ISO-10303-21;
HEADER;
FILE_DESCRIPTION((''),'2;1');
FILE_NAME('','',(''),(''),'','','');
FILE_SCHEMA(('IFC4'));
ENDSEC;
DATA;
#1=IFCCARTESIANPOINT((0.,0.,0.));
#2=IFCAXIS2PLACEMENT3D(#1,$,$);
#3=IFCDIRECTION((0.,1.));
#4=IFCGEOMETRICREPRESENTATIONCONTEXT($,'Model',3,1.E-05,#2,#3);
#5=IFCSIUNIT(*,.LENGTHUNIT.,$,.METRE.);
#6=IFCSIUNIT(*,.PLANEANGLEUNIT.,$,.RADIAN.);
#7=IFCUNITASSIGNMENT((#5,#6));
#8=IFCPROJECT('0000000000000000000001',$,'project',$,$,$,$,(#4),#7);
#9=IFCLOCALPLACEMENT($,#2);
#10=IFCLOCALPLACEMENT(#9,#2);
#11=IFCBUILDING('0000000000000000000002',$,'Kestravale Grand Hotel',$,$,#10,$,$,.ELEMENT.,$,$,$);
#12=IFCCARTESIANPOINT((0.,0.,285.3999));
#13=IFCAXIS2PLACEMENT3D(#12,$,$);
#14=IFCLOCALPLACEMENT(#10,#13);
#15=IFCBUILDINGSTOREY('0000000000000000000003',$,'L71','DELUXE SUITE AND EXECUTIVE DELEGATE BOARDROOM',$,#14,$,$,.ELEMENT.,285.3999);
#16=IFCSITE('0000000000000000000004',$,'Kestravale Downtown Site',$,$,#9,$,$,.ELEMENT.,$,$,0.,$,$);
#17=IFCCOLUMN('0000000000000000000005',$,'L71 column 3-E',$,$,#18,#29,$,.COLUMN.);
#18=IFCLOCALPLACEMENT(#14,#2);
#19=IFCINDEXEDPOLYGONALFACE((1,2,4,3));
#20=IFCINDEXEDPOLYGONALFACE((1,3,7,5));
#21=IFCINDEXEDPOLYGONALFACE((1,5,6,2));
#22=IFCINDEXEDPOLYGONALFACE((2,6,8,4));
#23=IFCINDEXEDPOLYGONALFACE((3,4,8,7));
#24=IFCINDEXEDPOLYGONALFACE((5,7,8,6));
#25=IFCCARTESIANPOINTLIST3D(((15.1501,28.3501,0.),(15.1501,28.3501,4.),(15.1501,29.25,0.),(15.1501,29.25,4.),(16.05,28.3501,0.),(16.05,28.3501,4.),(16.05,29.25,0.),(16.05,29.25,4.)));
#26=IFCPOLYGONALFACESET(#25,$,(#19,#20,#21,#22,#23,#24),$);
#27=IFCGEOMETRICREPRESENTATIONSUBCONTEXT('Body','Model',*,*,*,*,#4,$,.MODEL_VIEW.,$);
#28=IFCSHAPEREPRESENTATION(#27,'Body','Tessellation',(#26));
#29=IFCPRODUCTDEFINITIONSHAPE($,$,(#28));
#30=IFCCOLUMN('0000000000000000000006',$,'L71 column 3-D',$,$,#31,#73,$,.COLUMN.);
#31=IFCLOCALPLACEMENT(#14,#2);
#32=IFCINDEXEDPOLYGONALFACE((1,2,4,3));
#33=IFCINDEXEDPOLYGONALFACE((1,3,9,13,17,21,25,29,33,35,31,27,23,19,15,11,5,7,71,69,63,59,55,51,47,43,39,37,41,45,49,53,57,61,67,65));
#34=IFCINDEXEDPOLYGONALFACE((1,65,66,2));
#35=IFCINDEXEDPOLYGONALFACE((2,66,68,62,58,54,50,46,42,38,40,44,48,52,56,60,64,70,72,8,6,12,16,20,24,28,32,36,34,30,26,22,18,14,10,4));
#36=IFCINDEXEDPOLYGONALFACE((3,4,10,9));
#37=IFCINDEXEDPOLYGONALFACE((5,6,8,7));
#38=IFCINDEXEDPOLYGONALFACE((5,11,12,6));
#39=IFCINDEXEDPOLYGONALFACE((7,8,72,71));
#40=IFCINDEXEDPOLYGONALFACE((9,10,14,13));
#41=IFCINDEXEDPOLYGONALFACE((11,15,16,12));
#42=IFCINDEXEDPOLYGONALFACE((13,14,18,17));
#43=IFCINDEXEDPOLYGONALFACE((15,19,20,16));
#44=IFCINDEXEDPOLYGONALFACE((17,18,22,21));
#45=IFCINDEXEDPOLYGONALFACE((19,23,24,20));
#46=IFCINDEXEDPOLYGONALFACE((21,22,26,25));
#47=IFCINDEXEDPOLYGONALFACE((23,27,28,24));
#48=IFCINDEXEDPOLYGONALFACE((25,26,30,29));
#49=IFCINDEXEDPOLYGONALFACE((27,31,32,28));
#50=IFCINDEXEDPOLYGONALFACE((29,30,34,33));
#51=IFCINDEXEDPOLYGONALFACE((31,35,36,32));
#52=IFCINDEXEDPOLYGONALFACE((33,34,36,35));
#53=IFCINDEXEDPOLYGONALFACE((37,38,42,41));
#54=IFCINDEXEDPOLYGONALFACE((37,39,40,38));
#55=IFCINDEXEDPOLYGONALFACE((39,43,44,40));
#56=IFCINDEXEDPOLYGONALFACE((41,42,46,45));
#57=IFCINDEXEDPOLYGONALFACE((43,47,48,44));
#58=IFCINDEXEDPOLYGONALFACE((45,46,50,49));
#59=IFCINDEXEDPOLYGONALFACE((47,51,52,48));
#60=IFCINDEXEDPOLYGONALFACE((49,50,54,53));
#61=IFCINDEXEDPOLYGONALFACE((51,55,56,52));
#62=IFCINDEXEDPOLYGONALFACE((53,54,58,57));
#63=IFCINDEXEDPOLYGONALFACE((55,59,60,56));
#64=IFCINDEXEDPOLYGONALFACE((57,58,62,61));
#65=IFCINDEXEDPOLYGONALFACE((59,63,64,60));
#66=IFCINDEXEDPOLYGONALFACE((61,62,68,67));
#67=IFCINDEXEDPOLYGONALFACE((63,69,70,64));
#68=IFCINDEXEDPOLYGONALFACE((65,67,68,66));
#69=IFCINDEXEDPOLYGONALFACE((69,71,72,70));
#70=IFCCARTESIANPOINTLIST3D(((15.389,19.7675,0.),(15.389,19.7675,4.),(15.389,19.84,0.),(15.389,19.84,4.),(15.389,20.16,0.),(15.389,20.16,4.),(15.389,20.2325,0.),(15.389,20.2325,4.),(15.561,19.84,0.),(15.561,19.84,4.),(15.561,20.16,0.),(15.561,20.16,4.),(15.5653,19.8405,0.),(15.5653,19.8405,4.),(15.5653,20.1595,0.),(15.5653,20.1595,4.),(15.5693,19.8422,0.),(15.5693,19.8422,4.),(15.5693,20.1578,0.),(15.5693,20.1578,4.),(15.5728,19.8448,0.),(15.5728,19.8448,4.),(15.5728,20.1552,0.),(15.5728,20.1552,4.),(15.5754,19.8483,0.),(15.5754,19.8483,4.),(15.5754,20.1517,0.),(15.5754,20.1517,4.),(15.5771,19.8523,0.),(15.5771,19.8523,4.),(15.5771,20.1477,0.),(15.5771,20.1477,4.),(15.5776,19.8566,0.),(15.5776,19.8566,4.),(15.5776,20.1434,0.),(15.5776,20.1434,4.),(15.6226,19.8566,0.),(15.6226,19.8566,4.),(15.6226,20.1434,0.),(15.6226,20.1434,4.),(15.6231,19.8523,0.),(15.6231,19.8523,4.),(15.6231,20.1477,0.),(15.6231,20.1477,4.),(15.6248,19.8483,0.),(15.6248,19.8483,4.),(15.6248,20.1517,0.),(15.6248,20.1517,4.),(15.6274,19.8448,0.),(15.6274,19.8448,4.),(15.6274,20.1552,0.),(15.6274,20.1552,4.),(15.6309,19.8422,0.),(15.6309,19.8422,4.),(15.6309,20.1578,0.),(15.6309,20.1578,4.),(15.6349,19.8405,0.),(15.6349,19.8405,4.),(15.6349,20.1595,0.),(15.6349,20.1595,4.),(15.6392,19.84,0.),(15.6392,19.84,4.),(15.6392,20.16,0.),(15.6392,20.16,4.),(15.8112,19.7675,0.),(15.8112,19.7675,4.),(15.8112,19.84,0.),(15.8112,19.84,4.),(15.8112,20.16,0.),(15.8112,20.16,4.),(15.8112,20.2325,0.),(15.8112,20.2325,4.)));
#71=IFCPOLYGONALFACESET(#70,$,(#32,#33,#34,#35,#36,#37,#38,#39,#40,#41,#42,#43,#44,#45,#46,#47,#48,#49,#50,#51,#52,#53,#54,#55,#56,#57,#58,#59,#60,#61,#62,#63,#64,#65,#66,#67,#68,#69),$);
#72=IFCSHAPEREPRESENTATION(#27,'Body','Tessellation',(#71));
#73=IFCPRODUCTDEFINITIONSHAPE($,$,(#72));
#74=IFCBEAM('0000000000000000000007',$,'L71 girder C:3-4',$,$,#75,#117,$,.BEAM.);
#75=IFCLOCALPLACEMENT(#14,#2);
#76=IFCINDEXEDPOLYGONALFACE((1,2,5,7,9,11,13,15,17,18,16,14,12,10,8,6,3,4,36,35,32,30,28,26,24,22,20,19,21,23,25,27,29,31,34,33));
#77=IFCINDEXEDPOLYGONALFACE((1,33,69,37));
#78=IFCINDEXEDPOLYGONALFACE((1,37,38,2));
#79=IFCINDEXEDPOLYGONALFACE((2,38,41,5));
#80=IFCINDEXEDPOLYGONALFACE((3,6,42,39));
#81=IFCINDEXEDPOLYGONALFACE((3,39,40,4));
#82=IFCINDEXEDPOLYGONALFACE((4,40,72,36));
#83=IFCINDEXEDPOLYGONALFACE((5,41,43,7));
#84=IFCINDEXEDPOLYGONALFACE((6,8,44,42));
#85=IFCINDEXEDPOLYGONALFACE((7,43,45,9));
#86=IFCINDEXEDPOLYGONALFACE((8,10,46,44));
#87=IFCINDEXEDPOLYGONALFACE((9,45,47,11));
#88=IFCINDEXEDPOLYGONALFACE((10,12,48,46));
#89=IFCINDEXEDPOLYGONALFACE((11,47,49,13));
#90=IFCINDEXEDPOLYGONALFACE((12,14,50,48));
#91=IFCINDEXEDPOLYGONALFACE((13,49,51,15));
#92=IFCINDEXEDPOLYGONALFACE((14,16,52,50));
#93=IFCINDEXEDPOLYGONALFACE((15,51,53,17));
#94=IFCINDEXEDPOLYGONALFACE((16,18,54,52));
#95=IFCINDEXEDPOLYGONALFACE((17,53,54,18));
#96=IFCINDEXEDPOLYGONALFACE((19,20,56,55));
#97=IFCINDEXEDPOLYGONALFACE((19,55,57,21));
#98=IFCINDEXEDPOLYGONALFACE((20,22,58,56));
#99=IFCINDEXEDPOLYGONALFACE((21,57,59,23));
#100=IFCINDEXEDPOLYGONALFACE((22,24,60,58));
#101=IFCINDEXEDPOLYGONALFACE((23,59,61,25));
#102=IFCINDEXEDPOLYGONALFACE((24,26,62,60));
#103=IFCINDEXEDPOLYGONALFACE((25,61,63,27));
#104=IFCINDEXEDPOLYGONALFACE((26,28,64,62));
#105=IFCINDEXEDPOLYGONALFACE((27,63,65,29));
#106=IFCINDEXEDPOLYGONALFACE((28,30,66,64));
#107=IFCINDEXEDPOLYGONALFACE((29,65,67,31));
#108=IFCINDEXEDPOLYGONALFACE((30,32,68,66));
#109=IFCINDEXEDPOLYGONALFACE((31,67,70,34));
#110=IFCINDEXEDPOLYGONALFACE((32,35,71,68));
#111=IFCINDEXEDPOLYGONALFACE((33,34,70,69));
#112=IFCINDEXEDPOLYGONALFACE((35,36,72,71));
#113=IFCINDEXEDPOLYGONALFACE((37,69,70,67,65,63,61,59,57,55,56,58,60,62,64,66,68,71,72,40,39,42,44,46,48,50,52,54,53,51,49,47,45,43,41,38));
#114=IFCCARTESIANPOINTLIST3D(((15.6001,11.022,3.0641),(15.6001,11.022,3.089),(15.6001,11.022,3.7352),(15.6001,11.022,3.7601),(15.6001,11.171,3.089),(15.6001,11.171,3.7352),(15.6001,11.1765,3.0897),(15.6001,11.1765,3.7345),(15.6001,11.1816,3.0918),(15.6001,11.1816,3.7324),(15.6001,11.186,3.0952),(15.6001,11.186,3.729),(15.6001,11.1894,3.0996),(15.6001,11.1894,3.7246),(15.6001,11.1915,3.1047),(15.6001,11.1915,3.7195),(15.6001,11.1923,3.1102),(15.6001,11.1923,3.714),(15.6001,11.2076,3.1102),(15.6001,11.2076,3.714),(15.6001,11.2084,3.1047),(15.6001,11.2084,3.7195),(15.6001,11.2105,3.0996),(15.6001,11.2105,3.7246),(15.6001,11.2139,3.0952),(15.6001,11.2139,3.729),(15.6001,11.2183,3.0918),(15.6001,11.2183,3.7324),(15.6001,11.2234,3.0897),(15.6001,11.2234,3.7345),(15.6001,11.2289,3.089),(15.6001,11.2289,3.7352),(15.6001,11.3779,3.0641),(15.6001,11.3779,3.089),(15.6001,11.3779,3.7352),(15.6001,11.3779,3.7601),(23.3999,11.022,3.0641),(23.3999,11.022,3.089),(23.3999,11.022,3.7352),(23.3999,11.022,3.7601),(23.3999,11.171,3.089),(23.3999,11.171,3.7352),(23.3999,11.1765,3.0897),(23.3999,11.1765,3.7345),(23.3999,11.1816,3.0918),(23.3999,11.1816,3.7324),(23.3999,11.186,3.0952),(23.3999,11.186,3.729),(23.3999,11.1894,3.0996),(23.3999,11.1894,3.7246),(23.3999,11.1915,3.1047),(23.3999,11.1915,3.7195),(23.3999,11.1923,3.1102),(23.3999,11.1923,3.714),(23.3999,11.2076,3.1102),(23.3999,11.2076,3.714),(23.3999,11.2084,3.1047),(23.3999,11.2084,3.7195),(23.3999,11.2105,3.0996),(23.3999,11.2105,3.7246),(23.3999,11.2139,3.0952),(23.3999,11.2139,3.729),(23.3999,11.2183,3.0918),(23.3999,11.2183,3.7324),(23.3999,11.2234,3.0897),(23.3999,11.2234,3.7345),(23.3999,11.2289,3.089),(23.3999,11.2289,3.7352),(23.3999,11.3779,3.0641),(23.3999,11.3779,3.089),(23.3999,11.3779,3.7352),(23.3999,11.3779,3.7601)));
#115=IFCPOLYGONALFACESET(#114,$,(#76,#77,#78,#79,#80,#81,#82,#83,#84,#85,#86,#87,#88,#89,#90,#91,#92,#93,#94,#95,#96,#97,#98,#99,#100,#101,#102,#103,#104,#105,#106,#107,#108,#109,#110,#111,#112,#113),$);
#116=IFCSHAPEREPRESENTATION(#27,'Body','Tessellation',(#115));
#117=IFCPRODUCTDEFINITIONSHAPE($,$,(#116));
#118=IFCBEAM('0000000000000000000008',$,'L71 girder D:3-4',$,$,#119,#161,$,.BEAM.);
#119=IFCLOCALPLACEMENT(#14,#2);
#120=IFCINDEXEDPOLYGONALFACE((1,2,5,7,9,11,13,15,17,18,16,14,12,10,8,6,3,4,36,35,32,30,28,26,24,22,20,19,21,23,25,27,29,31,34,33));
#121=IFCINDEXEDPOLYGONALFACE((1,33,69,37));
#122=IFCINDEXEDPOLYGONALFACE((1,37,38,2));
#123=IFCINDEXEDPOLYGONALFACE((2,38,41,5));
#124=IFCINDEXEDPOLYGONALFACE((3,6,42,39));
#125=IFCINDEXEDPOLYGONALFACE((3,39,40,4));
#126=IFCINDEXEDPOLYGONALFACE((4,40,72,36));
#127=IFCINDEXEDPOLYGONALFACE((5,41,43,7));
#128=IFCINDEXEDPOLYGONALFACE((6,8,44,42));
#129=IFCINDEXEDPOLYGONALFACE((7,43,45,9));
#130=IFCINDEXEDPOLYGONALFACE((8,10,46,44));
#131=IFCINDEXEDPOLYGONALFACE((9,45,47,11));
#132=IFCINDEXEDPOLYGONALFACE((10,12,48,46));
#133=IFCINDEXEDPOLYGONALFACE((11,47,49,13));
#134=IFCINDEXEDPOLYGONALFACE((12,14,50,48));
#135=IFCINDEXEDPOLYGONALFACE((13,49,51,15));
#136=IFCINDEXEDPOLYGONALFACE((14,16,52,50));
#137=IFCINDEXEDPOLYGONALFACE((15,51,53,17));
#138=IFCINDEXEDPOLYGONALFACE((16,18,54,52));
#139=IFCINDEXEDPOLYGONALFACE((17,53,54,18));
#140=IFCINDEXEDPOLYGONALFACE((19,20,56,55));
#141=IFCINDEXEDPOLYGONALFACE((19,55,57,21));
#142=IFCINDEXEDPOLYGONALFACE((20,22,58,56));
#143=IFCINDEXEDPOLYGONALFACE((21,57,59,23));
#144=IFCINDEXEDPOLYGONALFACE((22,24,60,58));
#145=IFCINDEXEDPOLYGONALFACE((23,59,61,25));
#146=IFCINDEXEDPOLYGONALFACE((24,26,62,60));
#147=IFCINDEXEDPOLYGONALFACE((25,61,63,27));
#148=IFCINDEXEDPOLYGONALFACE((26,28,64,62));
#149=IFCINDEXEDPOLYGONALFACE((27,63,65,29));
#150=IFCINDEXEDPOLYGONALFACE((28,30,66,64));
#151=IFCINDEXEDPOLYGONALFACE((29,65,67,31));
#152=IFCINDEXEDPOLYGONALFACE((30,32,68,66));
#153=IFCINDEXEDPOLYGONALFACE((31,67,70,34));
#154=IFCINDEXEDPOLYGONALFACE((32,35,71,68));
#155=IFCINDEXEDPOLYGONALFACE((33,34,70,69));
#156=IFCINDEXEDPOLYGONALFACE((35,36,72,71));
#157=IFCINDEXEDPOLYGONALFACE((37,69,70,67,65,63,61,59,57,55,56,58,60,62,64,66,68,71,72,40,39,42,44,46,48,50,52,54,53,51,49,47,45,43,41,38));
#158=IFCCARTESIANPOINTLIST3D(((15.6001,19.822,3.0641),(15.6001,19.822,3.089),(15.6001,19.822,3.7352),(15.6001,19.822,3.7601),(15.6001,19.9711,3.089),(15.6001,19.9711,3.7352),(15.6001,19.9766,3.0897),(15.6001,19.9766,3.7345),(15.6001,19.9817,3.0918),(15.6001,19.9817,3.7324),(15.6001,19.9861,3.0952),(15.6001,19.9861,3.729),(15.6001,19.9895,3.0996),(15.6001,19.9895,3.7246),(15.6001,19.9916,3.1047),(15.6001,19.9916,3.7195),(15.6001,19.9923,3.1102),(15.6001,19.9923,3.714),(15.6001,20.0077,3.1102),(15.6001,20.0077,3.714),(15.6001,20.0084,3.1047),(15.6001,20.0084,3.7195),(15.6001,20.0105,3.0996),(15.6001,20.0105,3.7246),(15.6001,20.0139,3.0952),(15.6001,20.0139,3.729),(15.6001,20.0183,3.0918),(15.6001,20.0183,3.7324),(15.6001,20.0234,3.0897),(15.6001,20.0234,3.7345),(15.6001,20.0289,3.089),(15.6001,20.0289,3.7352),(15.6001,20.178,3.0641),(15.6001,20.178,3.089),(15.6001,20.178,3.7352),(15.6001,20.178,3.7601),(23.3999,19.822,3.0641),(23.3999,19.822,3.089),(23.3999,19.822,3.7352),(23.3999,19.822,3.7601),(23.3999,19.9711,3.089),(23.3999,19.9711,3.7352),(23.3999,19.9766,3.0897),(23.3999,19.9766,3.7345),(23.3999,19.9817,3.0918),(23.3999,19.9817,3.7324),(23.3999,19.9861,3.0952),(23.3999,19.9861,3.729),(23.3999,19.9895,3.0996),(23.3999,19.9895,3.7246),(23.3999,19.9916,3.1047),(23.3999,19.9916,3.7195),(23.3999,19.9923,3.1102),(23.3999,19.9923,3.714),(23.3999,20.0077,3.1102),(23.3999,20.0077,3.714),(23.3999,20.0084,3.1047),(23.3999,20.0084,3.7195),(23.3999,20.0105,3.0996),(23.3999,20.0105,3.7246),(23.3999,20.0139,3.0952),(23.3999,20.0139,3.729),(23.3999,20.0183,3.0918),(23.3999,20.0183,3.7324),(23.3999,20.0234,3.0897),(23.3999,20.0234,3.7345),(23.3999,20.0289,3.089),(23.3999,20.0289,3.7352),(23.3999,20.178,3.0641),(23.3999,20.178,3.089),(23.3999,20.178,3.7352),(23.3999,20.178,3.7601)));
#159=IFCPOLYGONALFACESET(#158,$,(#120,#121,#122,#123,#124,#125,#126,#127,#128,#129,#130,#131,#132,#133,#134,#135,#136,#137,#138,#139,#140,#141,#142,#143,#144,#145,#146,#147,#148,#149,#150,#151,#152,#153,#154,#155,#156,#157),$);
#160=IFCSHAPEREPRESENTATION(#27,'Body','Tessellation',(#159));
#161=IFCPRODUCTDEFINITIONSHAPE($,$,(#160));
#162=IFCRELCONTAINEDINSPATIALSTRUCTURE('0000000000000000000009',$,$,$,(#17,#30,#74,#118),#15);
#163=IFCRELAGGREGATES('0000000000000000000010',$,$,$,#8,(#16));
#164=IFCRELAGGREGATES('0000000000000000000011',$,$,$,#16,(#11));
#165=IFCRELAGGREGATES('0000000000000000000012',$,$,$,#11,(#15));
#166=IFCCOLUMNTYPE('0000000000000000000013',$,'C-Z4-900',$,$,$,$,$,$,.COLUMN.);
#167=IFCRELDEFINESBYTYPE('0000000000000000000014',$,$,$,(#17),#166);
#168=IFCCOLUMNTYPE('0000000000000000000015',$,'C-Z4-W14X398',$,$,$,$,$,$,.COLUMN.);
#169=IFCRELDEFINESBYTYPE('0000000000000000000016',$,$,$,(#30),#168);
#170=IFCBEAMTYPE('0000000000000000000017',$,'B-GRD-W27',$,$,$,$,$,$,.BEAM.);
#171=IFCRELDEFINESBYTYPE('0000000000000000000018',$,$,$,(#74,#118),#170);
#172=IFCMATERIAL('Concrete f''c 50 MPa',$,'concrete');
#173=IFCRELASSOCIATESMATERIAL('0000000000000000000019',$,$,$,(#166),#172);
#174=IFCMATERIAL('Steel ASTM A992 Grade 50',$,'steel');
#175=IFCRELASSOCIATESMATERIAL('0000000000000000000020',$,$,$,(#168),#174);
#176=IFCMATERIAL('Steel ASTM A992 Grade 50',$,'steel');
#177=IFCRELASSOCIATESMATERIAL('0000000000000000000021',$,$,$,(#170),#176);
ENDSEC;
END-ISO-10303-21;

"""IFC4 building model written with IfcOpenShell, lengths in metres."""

from ifc_helpers import new_model, si_unit, direction, frame, origin, origin_2d, place, context, subcontext, project, spatial, rectangle, i_section, extrude, material, material_profile, profile_set, type_object, element, save


model = new_model("IFC4")

# Units and contexts
model_context = context("Model", 3, precision=1e-05, world=origin(), true_north=direction((0.0, 1.0)))
body_context = subcontext(model_context, "Body", "Model", "MODEL_VIEW")
ifc_project = project(units=[si_unit("LENGTHUNIT", "METRE"), si_unit("PLANEANGLEUNIT", "RADIAN")], contexts=[model_context])

# Site, building, storey
site_placement = place(None, origin())
site = spatial("IfcSite", under=ifc_project, at=site_placement, Name="Kestravale Downtown Site", CompositionType="ELEMENT", RefElevation=0.0)
building_placement = place(site_placement, origin())
building = spatial("IfcBuilding", under=site, at=building_placement, Name="Kestravale Grand Hotel", CompositionType="ELEMENT")
storey_placement = place(building_placement, frame((0.0, 0.0, 285.3999)))
storey = spatial("IfcBuildingStorey", under=building, at=storey_placement, Name="L71", Description="DELUXE SUITE AND EXECUTIVE DELEGATE BOARDROOM", CompositionType="ELEMENT", Elevation=285.3999)

# Columns
ifc_material_1 = material(Name="Concrete f'c 50 MPa", Category="concrete")
ifc_material_profile_1 = material_profile(ifc_material_1, rectangle(XDim=0.8999, YDim=0.8999, at=origin_2d()))
ifc_profile_set_1 = profile_set([ifc_material_profile_1], Name="Concrete f'c 50 MPa")
column_type_1 = type_object("IfcColumnType", Name="C-Z4-900", PredefinedType="COLUMN", material=ifc_profile_set_1)
column_1_placement = place(storey_placement, frame((15.6001, 28.8, 0.0), z_axis=(0.0, 0.0, 1.0), x_axis=(1.0, 0.0, 0.0)))
element("IfcColumn", 1, at=column_1_placement, inside=storey, type_object=column_type_1, Name="L71 column 3-E", PredefinedType="COLUMN", context=body_context, shape_type="SweptSolid", body=[
    extrude(rectangle(XDim=0.8999, YDim=0.8999, at=origin_2d()), origin(), (0.0, 0.0, 1.0), 4.0),
])
ifc_material_2 = material(Name="Steel ASTM A992 Grade 50", Category="steel")
ifc_material_profile_2 = material_profile(ifc_material_2, i_section(OverallWidth=0.4221, OverallDepth=0.4651, WebThickness=0.0449, FlangeThickness=0.0725, FilletRadius=0.0166, at=origin_2d()))
ifc_profile_set_2 = profile_set([ifc_material_profile_2], Name="Steel ASTM A992 Grade 50")
column_type_2 = type_object("IfcColumnType", Name="C-Z4-W14X398", PredefinedType="COLUMN", material=ifc_profile_set_2)
column_2_placement = place(storey_placement, frame((15.6001, 20.0, 0.0), z_axis=(0.0, 0.0, 1.0), x_axis=(1.0, 0.0, 0.0)))
element("IfcColumn", 2, at=column_2_placement, inside=storey, type_object=column_type_2, Name="L71 column 3-D", PredefinedType="COLUMN", context=body_context, shape_type="SweptSolid", body=[
    extrude(i_section(OverallWidth=0.4221, OverallDepth=0.4651, WebThickness=0.0449, FlangeThickness=0.0725, FilletRadius=0.0166, at=origin_2d()), origin(), (0.0, 0.0, 1.0), 4.0),
])

# Beams
ifc_material_3 = material(Name="Steel ASTM A992 Grade 50", Category="steel")
ifc_material_profile_3 = material_profile(ifc_material_3, i_section(OverallWidth=0.356, OverallDepth=0.696, WebThickness=0.0154, FlangeThickness=0.0249, FilletRadius=0.0212, at=origin_2d()))
ifc_profile_set_3 = profile_set([ifc_material_profile_3], Name="Steel ASTM A992 Grade 50")
beam_type = type_object("IfcBeamType", Name="B-GRD-W27", PredefinedType="BEAM", material=ifc_profile_set_3)
for number, where, z_axis, x_axis, name in (
    (3, (15.6001, 11.2, 3.4121), (1.0, 0.0, 0.0), (0.0, 1.0, 0.0), "L71 girder C:3-4"),
    (4, (15.6001, 20.0, 3.4121), (1.0, 0.0, 0.0), (0.0, 1.0, 0.0), "L71 girder D:3-4"),
):
    element("IfcBeam", number, at=place(storey_placement, frame(where, z_axis=z_axis, x_axis=x_axis)), inside=storey, type_object=beam_type, Name=name, PredefinedType="BEAM", context=body_context, shape_type="SweptSolid", body=[
        extrude(i_section(OverallWidth=0.356, OverallDepth=0.696, WebThickness=0.0154, FlangeThickness=0.0249, FilletRadius=0.0212, at=origin_2d()), origin(), (0.0, 0.0, 1.0), 7.7998),
    ])

save(model, "model.ifc")
